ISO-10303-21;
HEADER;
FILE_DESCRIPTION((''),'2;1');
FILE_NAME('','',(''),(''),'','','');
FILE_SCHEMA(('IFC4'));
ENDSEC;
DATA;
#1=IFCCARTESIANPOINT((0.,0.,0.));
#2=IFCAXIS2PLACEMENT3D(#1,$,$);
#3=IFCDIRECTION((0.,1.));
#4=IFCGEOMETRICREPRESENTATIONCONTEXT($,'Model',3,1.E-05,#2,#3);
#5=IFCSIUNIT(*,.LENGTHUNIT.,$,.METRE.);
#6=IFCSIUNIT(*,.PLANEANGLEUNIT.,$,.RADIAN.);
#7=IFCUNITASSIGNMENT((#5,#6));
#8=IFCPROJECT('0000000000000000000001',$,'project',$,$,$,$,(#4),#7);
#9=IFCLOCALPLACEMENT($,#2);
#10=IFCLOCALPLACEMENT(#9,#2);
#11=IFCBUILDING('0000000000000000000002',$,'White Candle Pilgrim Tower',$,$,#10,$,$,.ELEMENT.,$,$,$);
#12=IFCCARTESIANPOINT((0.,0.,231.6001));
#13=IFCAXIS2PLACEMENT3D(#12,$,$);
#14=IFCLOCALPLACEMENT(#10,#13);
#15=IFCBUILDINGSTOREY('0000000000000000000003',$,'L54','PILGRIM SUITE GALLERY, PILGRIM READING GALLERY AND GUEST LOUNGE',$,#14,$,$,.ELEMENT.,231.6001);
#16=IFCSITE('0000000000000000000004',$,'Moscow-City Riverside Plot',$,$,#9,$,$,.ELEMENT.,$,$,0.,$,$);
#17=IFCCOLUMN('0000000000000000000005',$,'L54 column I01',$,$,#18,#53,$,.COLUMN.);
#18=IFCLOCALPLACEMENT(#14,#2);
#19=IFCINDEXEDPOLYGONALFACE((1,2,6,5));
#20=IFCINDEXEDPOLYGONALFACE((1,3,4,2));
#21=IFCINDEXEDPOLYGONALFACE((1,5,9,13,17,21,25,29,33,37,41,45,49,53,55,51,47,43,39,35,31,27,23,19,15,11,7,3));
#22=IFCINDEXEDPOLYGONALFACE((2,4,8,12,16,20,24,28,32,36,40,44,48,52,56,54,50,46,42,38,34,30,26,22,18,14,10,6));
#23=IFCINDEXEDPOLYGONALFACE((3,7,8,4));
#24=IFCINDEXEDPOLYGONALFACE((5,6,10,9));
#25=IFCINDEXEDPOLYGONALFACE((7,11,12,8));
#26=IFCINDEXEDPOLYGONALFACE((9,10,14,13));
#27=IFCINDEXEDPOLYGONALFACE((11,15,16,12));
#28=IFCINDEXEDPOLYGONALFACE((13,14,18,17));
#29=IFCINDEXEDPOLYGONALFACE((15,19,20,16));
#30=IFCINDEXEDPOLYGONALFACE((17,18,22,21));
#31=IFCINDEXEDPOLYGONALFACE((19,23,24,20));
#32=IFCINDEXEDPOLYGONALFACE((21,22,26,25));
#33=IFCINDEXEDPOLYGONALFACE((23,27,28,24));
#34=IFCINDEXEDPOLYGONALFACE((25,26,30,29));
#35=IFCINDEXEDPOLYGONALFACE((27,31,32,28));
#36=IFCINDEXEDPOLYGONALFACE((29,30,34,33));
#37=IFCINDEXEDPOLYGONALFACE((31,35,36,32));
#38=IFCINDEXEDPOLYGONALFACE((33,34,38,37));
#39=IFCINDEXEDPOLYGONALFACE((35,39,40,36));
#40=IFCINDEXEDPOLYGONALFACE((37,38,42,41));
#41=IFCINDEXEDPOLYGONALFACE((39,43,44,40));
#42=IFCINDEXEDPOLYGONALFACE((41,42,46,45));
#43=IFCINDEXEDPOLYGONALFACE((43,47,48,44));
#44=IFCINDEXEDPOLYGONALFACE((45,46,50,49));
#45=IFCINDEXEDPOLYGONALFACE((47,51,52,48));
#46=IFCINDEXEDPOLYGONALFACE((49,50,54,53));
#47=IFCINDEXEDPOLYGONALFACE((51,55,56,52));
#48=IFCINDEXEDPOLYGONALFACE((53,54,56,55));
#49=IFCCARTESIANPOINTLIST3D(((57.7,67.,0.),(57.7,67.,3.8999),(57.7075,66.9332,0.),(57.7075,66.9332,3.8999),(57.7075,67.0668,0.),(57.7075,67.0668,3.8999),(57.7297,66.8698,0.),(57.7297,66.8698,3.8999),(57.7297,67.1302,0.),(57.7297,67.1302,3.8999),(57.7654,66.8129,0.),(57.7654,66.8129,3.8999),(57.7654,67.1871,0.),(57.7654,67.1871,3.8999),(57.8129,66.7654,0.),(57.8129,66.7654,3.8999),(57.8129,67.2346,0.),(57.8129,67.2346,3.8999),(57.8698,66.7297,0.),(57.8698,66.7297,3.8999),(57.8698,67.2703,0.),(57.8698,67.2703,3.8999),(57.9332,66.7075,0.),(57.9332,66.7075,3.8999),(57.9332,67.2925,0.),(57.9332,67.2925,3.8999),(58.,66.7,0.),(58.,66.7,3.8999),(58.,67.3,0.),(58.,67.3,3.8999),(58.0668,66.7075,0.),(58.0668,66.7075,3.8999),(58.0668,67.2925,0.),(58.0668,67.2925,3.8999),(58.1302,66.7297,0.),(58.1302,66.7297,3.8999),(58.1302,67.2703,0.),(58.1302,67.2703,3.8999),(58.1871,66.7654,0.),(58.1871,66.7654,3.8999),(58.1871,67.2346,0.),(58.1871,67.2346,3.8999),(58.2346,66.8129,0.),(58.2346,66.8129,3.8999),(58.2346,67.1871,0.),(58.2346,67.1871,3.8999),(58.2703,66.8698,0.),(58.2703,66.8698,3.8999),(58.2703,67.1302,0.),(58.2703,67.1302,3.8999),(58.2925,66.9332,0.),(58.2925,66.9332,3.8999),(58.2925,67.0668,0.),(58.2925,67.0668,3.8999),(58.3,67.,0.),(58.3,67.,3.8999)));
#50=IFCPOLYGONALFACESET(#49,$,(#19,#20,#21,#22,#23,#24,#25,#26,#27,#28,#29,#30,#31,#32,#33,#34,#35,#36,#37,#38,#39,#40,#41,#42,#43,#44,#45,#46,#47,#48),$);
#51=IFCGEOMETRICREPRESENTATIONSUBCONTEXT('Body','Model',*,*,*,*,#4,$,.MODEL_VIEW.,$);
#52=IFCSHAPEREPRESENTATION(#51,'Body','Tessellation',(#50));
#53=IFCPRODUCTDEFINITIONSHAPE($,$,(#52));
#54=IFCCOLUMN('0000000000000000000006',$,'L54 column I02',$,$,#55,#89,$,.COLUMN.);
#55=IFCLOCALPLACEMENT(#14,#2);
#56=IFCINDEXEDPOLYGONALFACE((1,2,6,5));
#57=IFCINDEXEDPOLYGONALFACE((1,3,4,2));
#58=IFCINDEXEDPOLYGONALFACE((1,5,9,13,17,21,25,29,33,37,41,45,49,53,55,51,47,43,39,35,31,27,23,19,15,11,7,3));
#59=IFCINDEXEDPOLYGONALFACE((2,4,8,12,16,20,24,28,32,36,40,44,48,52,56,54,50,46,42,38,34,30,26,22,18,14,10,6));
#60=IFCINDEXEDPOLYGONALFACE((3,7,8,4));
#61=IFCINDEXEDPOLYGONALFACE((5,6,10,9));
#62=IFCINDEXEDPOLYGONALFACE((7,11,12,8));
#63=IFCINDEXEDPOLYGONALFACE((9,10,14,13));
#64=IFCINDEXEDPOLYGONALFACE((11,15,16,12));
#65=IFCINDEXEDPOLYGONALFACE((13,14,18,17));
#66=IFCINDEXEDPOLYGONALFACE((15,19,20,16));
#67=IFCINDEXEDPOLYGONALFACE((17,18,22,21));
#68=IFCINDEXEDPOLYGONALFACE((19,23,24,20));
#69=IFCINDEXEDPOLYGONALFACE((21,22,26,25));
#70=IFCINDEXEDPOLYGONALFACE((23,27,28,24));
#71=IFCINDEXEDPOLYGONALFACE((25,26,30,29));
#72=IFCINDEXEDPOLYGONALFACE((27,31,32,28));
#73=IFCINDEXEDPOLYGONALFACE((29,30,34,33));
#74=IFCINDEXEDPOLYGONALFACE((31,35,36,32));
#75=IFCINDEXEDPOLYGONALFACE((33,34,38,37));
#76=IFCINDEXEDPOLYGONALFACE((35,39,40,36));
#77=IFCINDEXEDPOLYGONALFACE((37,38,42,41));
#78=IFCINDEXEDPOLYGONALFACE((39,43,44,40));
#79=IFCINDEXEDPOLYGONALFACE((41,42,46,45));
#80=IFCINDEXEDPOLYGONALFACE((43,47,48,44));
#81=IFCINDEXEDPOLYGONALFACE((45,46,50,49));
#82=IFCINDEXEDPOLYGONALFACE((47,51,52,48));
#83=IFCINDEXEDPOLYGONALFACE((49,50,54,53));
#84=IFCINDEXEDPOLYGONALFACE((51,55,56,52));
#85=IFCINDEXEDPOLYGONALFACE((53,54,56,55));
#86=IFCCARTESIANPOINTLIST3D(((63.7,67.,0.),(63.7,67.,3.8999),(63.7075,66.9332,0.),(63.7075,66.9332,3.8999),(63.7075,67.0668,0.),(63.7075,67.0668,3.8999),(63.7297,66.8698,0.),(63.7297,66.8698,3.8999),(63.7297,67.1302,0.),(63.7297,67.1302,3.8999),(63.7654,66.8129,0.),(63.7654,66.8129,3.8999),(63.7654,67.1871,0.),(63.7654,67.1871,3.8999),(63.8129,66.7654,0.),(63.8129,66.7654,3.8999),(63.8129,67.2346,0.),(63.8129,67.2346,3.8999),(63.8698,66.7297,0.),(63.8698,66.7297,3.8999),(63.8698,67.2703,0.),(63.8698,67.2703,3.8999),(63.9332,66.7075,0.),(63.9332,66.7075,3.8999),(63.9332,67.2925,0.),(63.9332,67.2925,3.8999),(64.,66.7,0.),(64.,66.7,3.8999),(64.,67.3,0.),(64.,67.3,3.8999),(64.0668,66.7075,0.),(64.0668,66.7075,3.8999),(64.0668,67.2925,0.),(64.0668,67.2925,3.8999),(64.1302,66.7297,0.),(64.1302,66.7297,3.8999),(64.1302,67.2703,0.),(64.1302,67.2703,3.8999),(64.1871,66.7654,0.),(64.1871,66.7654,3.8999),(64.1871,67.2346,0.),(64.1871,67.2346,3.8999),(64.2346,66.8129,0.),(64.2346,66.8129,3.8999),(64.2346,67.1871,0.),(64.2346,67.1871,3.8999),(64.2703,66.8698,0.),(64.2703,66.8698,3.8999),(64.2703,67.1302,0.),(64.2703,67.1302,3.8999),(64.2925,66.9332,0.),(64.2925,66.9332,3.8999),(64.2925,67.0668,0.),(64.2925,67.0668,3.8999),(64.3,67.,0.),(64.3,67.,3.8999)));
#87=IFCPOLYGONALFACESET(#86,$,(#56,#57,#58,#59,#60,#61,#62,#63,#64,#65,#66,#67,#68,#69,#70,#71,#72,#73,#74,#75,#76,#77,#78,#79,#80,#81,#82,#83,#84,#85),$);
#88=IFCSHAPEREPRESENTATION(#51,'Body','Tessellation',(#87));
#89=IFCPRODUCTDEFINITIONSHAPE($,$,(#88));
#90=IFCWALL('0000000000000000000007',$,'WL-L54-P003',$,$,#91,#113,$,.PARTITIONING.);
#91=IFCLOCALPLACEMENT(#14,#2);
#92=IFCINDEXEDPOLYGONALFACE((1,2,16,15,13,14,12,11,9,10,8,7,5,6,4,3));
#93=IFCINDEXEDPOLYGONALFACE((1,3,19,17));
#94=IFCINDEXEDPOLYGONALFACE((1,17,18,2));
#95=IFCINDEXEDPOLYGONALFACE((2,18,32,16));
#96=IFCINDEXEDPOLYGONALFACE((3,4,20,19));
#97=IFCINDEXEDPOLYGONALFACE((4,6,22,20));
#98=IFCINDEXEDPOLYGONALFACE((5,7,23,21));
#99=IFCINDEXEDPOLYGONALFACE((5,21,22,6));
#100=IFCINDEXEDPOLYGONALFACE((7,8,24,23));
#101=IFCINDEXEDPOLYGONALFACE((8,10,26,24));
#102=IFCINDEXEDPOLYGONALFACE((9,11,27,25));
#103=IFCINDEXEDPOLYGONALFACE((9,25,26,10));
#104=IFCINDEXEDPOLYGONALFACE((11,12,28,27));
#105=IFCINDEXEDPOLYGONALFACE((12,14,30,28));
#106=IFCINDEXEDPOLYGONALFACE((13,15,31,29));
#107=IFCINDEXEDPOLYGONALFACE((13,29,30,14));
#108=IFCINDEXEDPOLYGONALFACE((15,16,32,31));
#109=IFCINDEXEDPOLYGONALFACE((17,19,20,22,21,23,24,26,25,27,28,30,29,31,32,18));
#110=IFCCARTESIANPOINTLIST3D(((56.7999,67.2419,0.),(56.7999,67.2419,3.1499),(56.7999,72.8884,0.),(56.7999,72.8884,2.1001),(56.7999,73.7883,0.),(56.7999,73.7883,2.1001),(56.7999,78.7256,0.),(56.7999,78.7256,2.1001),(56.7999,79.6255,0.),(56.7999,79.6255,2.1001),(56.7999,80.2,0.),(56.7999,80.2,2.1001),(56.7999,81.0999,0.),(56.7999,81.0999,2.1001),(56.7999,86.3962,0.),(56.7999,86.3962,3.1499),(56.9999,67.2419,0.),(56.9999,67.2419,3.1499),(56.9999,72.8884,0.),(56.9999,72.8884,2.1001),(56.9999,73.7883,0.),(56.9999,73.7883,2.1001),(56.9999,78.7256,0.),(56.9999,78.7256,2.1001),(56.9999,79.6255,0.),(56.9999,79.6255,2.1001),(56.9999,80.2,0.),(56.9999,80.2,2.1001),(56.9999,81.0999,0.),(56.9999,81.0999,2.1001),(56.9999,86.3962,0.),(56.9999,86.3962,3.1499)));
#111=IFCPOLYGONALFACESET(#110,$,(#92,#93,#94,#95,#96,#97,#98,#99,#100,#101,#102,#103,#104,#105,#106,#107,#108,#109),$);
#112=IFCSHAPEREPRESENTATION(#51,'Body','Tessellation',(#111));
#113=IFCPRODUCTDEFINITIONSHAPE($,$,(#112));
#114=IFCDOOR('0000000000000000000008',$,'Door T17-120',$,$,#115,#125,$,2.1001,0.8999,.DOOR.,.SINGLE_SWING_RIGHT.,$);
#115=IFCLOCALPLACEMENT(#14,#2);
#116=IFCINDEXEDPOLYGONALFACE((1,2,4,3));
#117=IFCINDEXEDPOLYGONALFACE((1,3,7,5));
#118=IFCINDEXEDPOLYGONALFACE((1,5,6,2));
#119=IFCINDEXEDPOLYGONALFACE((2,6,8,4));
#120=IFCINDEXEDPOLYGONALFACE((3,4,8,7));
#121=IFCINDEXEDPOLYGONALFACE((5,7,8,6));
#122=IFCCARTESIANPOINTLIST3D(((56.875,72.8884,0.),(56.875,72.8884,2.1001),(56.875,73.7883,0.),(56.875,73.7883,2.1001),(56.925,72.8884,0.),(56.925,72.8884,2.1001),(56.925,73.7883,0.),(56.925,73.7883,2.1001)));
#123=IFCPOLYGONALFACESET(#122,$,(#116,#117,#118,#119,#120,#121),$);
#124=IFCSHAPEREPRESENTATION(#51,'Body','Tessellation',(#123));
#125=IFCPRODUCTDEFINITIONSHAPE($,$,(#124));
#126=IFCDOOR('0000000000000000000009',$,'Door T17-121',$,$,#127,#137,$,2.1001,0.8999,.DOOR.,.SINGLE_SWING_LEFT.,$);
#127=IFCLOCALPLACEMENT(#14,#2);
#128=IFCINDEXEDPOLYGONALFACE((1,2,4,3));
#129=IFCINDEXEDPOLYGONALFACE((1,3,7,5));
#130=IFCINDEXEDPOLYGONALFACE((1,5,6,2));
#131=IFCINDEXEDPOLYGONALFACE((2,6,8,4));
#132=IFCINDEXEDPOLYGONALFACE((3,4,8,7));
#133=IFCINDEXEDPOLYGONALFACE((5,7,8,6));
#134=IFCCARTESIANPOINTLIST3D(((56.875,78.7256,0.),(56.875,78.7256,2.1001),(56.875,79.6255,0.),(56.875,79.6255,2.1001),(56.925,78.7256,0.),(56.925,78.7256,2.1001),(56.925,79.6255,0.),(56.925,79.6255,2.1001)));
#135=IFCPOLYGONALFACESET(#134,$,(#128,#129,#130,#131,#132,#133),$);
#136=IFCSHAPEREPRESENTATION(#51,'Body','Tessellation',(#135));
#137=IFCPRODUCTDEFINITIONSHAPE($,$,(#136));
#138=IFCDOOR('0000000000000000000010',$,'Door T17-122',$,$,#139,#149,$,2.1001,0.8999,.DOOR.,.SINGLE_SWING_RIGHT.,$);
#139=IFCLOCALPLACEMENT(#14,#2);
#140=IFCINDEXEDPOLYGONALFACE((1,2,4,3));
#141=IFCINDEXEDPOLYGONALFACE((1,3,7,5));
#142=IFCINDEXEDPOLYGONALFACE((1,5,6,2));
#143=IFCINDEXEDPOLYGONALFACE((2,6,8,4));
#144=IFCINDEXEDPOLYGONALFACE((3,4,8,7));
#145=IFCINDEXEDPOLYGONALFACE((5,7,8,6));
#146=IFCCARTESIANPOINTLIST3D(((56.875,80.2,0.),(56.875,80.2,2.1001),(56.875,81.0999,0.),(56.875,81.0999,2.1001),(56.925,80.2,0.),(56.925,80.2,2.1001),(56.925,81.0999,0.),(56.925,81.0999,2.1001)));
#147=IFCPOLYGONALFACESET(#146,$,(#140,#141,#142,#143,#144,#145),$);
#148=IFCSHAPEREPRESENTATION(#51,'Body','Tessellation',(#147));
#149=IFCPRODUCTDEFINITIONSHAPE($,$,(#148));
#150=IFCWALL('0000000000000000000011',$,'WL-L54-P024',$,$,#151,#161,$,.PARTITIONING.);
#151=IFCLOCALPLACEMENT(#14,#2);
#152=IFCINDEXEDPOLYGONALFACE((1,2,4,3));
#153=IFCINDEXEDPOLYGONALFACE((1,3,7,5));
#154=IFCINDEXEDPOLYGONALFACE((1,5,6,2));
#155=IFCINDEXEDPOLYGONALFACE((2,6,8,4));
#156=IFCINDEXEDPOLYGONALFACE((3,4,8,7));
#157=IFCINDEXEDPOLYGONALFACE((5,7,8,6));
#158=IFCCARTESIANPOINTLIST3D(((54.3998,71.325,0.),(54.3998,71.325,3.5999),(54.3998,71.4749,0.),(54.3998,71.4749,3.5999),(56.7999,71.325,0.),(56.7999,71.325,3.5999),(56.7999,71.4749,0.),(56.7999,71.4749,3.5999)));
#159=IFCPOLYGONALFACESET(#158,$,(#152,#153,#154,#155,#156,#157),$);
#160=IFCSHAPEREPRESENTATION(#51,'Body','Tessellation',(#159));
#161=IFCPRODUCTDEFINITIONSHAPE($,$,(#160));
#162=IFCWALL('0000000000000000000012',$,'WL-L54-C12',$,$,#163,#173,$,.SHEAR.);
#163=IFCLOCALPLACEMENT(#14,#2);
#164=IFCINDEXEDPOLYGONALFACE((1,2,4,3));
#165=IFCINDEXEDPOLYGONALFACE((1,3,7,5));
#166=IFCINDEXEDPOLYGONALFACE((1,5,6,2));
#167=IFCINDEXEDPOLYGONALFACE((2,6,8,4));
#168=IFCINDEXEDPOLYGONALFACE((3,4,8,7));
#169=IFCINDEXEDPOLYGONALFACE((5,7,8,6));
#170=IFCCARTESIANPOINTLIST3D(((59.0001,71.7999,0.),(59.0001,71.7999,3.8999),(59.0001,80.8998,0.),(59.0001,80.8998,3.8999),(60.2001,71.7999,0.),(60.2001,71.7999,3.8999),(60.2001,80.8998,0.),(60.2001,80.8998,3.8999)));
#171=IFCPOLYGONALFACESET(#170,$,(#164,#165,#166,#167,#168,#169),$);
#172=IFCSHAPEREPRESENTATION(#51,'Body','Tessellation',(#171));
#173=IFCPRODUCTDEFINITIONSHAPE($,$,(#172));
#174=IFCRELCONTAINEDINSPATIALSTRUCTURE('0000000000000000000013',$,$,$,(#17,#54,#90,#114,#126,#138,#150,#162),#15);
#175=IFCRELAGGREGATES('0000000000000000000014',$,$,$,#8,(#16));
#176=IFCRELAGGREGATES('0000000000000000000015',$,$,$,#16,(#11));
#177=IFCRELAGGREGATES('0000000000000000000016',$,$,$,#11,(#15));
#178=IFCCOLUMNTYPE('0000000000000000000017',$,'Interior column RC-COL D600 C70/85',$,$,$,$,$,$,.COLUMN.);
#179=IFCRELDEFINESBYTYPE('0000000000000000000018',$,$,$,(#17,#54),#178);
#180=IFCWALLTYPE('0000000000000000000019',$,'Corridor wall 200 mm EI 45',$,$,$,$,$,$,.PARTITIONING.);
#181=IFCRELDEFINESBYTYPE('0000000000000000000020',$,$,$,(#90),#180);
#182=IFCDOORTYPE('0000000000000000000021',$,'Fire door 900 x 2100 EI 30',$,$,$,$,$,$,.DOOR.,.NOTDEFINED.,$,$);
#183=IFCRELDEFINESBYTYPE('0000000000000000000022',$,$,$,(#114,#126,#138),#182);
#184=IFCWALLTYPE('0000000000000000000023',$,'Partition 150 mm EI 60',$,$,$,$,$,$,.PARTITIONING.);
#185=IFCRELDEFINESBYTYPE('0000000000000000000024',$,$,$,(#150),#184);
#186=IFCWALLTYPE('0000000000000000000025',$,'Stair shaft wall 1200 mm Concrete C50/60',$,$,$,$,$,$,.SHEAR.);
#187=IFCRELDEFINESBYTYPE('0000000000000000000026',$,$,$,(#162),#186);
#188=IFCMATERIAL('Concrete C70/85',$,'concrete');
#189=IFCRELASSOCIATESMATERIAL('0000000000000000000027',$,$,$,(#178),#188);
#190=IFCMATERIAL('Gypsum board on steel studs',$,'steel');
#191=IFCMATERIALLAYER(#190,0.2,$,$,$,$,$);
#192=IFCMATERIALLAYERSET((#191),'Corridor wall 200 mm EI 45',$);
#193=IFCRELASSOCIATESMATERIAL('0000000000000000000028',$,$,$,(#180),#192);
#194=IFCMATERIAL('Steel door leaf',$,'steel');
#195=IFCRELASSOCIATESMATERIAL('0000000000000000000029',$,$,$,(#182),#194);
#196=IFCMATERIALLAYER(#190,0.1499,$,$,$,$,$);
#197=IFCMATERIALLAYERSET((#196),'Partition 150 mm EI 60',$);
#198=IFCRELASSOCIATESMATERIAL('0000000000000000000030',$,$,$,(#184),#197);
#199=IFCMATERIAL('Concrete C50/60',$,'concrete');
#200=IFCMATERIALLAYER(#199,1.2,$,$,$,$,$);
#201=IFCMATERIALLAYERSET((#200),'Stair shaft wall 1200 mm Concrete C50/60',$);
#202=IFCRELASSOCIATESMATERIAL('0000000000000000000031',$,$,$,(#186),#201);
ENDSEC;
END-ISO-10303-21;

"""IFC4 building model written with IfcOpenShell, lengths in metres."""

from ifc_helpers import new_model, si_unit, direction, frame, frame_2d, origin, origin_2d, place, context, subcontext, project, spatial, rectangle, circle, extrude, material, layer, layer_set, material_profile, profile_set, type_object, element, fill, save


model = new_model("IFC4")

# Units and contexts
model_context = context("Model", 3, precision=1e-05, world=origin(), true_north=direction((0.0, 1.0)))
body_context = subcontext(model_context, "Body", "Model", "MODEL_VIEW")
ifc_project = project(units=[si_unit("LENGTHUNIT", "METRE"), si_unit("PLANEANGLEUNIT", "RADIAN")], contexts=[model_context])

# Site, building, storey
site_placement = place(None, origin())
site = spatial("IfcSite", under=ifc_project, at=site_placement, Name="Moscow-City Riverside Plot", CompositionType="ELEMENT", RefElevation=0.0)
building_placement = place(site_placement, origin())
building = spatial("IfcBuilding", under=site, at=building_placement, Name="White Candle Pilgrim Tower", CompositionType="ELEMENT")
storey_placement = place(building_placement, frame((0.0, 0.0, 231.6001)))
storey = spatial("IfcBuildingStorey", under=building, at=storey_placement, Name="L54", Description="PILGRIM SUITE GALLERY, PILGRIM READING GALLERY AND GUEST LOUNGE", CompositionType="ELEMENT", Elevation=231.6001)

# Columns
ifc_material_1 = material(Name="Concrete C70/85", Category="concrete")
ifc_material_profile = material_profile(ifc_material_1, circle(Radius=0.3, at=origin_2d()), Name="RC-COL D600")
ifc_profile_set = profile_set([ifc_material_profile], Name="Concrete C70/85")
column_type = type_object("IfcColumnType", Name="Interior column RC-COL D600 C70/85", PredefinedType="COLUMN", material=ifc_profile_set)
for number, where, z_axis, x_axis, name in (
    (1, (58.0, 67.0, 0.0), (0.0, 0.0, 1.0), (1.0, 0.0, 0.0), "L54 column I01"),
    (2, (64.0, 67.0, 0.0), (0.0, 0.0, 1.0), (1.0, 0.0, 0.0), "L54 column I02"),
):
    element("IfcColumn", number, at=place(storey_placement, frame(where, z_axis=z_axis, x_axis=x_axis)), inside=storey, type_object=column_type, Name=name, PredefinedType="COLUMN", context=body_context, shape_type="SweptSolid", body=[
        extrude(circle(Radius=0.3, at=origin_2d()), origin(), (0.0, 0.0, 1.0), 3.8999),
    ])

# Wall, openings, doors
ifc_material_2 = material(Name="Gypsum board on steel studs", Category="steel")
ifc_layer_1 = layer(ifc_material_2, 0.2)
ifc_layer_set_1 = layer_set([ifc_layer_1], Name="Corridor wall 200 mm EI 45")
wall_type_1 = type_object("IfcWallType", Name="Corridor wall 200 mm EI 45", PredefinedType="PARTITIONING", material=ifc_layer_set_1)
wall_1_placement = place(storey_placement, frame((56.8999, 67.2419, 0.0), z_axis=(0.0, 0.0, 1.0), x_axis=(0.0, 1.0, 0.0)))
wall_1 = element("IfcWall", 3, at=wall_1_placement, inside=storey, type_object=wall_type_1, Name="WL-L54-P003", PredefinedType="PARTITIONING", context=body_context, shape_type="SweptSolid", body=[
    extrude(rectangle(XDim=19.1543, YDim=0.2, at=frame_2d((9.5771, 0.0))), origin(), (0.0, 0.0, 1.0), 3.1499),
])
opening_1_placement = place(wall_1_placement, frame((5.6465, 0.0, 0.0)))
opening_1 = element("IfcOpeningElement", 4, at=opening_1_placement, cuts=wall_1, PredefinedType="OPENING", context=body_context, shape_type="SweptSolid", body=[
    extrude(rectangle(XDim=0.8999, YDim=2.1001, at=frame_2d((0.45, 1.05))), frame((0.0, 0.1099, 0.0), z_axis=(0.0, -1.0, 0.0), x_axis=(1.0, 0.0, 0.0)), (0.0, 0.0, 1.0), 0.22),
])
opening_2_placement = place(wall_1_placement, frame((11.4836, 0.0, 0.0)))
opening_2 = element("IfcOpeningElement", 5, at=opening_2_placement, cuts=wall_1, PredefinedType="OPENING", context=body_context, shape_type="SweptSolid", body=[
    extrude(rectangle(XDim=0.8999, YDim=2.1001, at=frame_2d((0.45, 1.05))), frame((0.0, 0.1099, 0.0), z_axis=(0.0, -1.0, 0.0), x_axis=(1.0, 0.0, 0.0)), (0.0, 0.0, 1.0), 0.22),
])
opening_3_placement = place(wall_1_placement, frame((12.958, 0.0, 0.0)))
opening_3 = element("IfcOpeningElement", 6, at=opening_3_placement, cuts=wall_1, PredefinedType="OPENING", context=body_context, shape_type="SweptSolid", body=[
    extrude(rectangle(XDim=0.8999, YDim=2.1001, at=frame_2d((0.45, 1.05))), frame((0.0, 0.1099, 0.0), z_axis=(0.0, -1.0, 0.0), x_axis=(1.0, 0.0, 0.0)), (0.0, 0.0, 1.0), 0.22),
])
ifc_material_3 = material(Name="Steel door leaf", Category="steel")
door_type_1 = type_object("IfcDoorType", Name="Fire door 900 x 2100 EI 30", OperationType="NOTDEFINED", PredefinedType="DOOR", material=ifc_material_3)
door_1_placement = place(opening_1_placement, origin())
door_1 = element("IfcDoor", 7, at=door_1_placement, inside=storey, type_object=door_type_1, Name="Door T17-120", OperationType="SINGLE_SWING_RIGHT", OverallHeight=2.1001, OverallWidth=0.8999, PredefinedType="DOOR", context=body_context, shape_type="SweptSolid", body=[
    extrude(rectangle(XDim=0.8999, YDim=2.1001, at=frame_2d((0.45, 1.05))), frame((0.0, 0.0249, 0.0), z_axis=(0.0, -1.0, 0.0), x_axis=(1.0, 0.0, 0.0)), (0.0, 0.0, 1.0), 0.05),
])
fill(opening_1, door_1)
door_2_placement = place(opening_2_placement, origin())
door_2 = element("IfcDoor", 8, at=door_2_placement, inside=storey, type_object=door_type_1, Name="Door T17-121", OperationType="SINGLE_SWING_LEFT", OverallHeight=2.1001, OverallWidth=0.8999, PredefinedType="DOOR", context=body_context, shape_type="SweptSolid", body=[
    extrude(rectangle(XDim=0.8999, YDim=2.1001, at=frame_2d((0.45, 1.05))), frame((0.0, 0.0249, 0.0), z_axis=(0.0, -1.0, 0.0), x_axis=(1.0, 0.0, 0.0)), (0.0, 0.0, 1.0), 0.05),
])
fill(opening_2, door_2)
door_3_placement = place(opening_3_placement, origin())
door_3 = element("IfcDoor", 9, at=door_3_placement, inside=storey, type_object=door_type_1, Name="Door T17-122", OperationType="SINGLE_SWING_RIGHT", OverallHeight=2.1001, OverallWidth=0.8999, PredefinedType="DOOR", context=body_context, shape_type="SweptSolid", body=[
    extrude(rectangle(XDim=0.8999, YDim=2.1001, at=frame_2d((0.45, 1.05))), frame((0.0, 0.0249, 0.0), z_axis=(0.0, -1.0, 0.0), x_axis=(1.0, 0.0, 0.0)), (0.0, 0.0, 1.0), 0.05),
])
fill(opening_3, door_3)

# Walls
ifc_layer_2 = layer(ifc_material_2, 0.1499)
ifc_layer_set_2 = layer_set([ifc_layer_2], Name="Partition 150 mm EI 60")
wall_type_2 = type_object("IfcWallType", Name="Partition 150 mm EI 60", PredefinedType="PARTITIONING", material=ifc_layer_set_2)
wall_2_placement = place(storey_placement, frame((56.8, 71.3999, 0.0), z_axis=(0.0, 0.0, 1.0), x_axis=(-1.0, 0.0, 0.0)))
element("IfcWall", 10, at=wall_2_placement, inside=storey, type_object=wall_type_2, Name="WL-L54-P024", PredefinedType="PARTITIONING", context=body_context, shape_type="SweptSolid", body=[
    extrude(rectangle(XDim=2.4001, YDim=0.1499, at=frame_2d((1.2002, 0.0))), origin(), (0.0, 0.0, 1.0), 3.5999),
])
ifc_material_4 = material(Name="Concrete C50/60", Category="concrete")
ifc_layer_3 = layer(ifc_material_4, 1.2)
ifc_layer_set_3 = layer_set([ifc_layer_3], Name="Stair shaft wall 1200 mm Concrete C50/60")
wall_type_3 = type_object("IfcWallType", Name="Stair shaft wall 1200 mm Concrete C50/60", PredefinedType="SHEAR", material=ifc_layer_set_3)
wall_3_placement = place(storey_placement, frame((59.6001, 71.8, 0.0), z_axis=(0.0, 0.0, 1.0), x_axis=(0.0, 1.0, 0.0)))
element("IfcWall", 11, at=wall_3_placement, inside=storey, type_object=wall_type_3, Name="WL-L54-C12", PredefinedType="SHEAR", context=body_context, shape_type="SweptSolid", body=[
    extrude(rectangle(XDim=9.0999, YDim=1.2, at=frame_2d((4.5498, 0.0))), origin(), (0.0, 0.0, 1.0), 3.8999),
])

save(model, "model.ifc")
